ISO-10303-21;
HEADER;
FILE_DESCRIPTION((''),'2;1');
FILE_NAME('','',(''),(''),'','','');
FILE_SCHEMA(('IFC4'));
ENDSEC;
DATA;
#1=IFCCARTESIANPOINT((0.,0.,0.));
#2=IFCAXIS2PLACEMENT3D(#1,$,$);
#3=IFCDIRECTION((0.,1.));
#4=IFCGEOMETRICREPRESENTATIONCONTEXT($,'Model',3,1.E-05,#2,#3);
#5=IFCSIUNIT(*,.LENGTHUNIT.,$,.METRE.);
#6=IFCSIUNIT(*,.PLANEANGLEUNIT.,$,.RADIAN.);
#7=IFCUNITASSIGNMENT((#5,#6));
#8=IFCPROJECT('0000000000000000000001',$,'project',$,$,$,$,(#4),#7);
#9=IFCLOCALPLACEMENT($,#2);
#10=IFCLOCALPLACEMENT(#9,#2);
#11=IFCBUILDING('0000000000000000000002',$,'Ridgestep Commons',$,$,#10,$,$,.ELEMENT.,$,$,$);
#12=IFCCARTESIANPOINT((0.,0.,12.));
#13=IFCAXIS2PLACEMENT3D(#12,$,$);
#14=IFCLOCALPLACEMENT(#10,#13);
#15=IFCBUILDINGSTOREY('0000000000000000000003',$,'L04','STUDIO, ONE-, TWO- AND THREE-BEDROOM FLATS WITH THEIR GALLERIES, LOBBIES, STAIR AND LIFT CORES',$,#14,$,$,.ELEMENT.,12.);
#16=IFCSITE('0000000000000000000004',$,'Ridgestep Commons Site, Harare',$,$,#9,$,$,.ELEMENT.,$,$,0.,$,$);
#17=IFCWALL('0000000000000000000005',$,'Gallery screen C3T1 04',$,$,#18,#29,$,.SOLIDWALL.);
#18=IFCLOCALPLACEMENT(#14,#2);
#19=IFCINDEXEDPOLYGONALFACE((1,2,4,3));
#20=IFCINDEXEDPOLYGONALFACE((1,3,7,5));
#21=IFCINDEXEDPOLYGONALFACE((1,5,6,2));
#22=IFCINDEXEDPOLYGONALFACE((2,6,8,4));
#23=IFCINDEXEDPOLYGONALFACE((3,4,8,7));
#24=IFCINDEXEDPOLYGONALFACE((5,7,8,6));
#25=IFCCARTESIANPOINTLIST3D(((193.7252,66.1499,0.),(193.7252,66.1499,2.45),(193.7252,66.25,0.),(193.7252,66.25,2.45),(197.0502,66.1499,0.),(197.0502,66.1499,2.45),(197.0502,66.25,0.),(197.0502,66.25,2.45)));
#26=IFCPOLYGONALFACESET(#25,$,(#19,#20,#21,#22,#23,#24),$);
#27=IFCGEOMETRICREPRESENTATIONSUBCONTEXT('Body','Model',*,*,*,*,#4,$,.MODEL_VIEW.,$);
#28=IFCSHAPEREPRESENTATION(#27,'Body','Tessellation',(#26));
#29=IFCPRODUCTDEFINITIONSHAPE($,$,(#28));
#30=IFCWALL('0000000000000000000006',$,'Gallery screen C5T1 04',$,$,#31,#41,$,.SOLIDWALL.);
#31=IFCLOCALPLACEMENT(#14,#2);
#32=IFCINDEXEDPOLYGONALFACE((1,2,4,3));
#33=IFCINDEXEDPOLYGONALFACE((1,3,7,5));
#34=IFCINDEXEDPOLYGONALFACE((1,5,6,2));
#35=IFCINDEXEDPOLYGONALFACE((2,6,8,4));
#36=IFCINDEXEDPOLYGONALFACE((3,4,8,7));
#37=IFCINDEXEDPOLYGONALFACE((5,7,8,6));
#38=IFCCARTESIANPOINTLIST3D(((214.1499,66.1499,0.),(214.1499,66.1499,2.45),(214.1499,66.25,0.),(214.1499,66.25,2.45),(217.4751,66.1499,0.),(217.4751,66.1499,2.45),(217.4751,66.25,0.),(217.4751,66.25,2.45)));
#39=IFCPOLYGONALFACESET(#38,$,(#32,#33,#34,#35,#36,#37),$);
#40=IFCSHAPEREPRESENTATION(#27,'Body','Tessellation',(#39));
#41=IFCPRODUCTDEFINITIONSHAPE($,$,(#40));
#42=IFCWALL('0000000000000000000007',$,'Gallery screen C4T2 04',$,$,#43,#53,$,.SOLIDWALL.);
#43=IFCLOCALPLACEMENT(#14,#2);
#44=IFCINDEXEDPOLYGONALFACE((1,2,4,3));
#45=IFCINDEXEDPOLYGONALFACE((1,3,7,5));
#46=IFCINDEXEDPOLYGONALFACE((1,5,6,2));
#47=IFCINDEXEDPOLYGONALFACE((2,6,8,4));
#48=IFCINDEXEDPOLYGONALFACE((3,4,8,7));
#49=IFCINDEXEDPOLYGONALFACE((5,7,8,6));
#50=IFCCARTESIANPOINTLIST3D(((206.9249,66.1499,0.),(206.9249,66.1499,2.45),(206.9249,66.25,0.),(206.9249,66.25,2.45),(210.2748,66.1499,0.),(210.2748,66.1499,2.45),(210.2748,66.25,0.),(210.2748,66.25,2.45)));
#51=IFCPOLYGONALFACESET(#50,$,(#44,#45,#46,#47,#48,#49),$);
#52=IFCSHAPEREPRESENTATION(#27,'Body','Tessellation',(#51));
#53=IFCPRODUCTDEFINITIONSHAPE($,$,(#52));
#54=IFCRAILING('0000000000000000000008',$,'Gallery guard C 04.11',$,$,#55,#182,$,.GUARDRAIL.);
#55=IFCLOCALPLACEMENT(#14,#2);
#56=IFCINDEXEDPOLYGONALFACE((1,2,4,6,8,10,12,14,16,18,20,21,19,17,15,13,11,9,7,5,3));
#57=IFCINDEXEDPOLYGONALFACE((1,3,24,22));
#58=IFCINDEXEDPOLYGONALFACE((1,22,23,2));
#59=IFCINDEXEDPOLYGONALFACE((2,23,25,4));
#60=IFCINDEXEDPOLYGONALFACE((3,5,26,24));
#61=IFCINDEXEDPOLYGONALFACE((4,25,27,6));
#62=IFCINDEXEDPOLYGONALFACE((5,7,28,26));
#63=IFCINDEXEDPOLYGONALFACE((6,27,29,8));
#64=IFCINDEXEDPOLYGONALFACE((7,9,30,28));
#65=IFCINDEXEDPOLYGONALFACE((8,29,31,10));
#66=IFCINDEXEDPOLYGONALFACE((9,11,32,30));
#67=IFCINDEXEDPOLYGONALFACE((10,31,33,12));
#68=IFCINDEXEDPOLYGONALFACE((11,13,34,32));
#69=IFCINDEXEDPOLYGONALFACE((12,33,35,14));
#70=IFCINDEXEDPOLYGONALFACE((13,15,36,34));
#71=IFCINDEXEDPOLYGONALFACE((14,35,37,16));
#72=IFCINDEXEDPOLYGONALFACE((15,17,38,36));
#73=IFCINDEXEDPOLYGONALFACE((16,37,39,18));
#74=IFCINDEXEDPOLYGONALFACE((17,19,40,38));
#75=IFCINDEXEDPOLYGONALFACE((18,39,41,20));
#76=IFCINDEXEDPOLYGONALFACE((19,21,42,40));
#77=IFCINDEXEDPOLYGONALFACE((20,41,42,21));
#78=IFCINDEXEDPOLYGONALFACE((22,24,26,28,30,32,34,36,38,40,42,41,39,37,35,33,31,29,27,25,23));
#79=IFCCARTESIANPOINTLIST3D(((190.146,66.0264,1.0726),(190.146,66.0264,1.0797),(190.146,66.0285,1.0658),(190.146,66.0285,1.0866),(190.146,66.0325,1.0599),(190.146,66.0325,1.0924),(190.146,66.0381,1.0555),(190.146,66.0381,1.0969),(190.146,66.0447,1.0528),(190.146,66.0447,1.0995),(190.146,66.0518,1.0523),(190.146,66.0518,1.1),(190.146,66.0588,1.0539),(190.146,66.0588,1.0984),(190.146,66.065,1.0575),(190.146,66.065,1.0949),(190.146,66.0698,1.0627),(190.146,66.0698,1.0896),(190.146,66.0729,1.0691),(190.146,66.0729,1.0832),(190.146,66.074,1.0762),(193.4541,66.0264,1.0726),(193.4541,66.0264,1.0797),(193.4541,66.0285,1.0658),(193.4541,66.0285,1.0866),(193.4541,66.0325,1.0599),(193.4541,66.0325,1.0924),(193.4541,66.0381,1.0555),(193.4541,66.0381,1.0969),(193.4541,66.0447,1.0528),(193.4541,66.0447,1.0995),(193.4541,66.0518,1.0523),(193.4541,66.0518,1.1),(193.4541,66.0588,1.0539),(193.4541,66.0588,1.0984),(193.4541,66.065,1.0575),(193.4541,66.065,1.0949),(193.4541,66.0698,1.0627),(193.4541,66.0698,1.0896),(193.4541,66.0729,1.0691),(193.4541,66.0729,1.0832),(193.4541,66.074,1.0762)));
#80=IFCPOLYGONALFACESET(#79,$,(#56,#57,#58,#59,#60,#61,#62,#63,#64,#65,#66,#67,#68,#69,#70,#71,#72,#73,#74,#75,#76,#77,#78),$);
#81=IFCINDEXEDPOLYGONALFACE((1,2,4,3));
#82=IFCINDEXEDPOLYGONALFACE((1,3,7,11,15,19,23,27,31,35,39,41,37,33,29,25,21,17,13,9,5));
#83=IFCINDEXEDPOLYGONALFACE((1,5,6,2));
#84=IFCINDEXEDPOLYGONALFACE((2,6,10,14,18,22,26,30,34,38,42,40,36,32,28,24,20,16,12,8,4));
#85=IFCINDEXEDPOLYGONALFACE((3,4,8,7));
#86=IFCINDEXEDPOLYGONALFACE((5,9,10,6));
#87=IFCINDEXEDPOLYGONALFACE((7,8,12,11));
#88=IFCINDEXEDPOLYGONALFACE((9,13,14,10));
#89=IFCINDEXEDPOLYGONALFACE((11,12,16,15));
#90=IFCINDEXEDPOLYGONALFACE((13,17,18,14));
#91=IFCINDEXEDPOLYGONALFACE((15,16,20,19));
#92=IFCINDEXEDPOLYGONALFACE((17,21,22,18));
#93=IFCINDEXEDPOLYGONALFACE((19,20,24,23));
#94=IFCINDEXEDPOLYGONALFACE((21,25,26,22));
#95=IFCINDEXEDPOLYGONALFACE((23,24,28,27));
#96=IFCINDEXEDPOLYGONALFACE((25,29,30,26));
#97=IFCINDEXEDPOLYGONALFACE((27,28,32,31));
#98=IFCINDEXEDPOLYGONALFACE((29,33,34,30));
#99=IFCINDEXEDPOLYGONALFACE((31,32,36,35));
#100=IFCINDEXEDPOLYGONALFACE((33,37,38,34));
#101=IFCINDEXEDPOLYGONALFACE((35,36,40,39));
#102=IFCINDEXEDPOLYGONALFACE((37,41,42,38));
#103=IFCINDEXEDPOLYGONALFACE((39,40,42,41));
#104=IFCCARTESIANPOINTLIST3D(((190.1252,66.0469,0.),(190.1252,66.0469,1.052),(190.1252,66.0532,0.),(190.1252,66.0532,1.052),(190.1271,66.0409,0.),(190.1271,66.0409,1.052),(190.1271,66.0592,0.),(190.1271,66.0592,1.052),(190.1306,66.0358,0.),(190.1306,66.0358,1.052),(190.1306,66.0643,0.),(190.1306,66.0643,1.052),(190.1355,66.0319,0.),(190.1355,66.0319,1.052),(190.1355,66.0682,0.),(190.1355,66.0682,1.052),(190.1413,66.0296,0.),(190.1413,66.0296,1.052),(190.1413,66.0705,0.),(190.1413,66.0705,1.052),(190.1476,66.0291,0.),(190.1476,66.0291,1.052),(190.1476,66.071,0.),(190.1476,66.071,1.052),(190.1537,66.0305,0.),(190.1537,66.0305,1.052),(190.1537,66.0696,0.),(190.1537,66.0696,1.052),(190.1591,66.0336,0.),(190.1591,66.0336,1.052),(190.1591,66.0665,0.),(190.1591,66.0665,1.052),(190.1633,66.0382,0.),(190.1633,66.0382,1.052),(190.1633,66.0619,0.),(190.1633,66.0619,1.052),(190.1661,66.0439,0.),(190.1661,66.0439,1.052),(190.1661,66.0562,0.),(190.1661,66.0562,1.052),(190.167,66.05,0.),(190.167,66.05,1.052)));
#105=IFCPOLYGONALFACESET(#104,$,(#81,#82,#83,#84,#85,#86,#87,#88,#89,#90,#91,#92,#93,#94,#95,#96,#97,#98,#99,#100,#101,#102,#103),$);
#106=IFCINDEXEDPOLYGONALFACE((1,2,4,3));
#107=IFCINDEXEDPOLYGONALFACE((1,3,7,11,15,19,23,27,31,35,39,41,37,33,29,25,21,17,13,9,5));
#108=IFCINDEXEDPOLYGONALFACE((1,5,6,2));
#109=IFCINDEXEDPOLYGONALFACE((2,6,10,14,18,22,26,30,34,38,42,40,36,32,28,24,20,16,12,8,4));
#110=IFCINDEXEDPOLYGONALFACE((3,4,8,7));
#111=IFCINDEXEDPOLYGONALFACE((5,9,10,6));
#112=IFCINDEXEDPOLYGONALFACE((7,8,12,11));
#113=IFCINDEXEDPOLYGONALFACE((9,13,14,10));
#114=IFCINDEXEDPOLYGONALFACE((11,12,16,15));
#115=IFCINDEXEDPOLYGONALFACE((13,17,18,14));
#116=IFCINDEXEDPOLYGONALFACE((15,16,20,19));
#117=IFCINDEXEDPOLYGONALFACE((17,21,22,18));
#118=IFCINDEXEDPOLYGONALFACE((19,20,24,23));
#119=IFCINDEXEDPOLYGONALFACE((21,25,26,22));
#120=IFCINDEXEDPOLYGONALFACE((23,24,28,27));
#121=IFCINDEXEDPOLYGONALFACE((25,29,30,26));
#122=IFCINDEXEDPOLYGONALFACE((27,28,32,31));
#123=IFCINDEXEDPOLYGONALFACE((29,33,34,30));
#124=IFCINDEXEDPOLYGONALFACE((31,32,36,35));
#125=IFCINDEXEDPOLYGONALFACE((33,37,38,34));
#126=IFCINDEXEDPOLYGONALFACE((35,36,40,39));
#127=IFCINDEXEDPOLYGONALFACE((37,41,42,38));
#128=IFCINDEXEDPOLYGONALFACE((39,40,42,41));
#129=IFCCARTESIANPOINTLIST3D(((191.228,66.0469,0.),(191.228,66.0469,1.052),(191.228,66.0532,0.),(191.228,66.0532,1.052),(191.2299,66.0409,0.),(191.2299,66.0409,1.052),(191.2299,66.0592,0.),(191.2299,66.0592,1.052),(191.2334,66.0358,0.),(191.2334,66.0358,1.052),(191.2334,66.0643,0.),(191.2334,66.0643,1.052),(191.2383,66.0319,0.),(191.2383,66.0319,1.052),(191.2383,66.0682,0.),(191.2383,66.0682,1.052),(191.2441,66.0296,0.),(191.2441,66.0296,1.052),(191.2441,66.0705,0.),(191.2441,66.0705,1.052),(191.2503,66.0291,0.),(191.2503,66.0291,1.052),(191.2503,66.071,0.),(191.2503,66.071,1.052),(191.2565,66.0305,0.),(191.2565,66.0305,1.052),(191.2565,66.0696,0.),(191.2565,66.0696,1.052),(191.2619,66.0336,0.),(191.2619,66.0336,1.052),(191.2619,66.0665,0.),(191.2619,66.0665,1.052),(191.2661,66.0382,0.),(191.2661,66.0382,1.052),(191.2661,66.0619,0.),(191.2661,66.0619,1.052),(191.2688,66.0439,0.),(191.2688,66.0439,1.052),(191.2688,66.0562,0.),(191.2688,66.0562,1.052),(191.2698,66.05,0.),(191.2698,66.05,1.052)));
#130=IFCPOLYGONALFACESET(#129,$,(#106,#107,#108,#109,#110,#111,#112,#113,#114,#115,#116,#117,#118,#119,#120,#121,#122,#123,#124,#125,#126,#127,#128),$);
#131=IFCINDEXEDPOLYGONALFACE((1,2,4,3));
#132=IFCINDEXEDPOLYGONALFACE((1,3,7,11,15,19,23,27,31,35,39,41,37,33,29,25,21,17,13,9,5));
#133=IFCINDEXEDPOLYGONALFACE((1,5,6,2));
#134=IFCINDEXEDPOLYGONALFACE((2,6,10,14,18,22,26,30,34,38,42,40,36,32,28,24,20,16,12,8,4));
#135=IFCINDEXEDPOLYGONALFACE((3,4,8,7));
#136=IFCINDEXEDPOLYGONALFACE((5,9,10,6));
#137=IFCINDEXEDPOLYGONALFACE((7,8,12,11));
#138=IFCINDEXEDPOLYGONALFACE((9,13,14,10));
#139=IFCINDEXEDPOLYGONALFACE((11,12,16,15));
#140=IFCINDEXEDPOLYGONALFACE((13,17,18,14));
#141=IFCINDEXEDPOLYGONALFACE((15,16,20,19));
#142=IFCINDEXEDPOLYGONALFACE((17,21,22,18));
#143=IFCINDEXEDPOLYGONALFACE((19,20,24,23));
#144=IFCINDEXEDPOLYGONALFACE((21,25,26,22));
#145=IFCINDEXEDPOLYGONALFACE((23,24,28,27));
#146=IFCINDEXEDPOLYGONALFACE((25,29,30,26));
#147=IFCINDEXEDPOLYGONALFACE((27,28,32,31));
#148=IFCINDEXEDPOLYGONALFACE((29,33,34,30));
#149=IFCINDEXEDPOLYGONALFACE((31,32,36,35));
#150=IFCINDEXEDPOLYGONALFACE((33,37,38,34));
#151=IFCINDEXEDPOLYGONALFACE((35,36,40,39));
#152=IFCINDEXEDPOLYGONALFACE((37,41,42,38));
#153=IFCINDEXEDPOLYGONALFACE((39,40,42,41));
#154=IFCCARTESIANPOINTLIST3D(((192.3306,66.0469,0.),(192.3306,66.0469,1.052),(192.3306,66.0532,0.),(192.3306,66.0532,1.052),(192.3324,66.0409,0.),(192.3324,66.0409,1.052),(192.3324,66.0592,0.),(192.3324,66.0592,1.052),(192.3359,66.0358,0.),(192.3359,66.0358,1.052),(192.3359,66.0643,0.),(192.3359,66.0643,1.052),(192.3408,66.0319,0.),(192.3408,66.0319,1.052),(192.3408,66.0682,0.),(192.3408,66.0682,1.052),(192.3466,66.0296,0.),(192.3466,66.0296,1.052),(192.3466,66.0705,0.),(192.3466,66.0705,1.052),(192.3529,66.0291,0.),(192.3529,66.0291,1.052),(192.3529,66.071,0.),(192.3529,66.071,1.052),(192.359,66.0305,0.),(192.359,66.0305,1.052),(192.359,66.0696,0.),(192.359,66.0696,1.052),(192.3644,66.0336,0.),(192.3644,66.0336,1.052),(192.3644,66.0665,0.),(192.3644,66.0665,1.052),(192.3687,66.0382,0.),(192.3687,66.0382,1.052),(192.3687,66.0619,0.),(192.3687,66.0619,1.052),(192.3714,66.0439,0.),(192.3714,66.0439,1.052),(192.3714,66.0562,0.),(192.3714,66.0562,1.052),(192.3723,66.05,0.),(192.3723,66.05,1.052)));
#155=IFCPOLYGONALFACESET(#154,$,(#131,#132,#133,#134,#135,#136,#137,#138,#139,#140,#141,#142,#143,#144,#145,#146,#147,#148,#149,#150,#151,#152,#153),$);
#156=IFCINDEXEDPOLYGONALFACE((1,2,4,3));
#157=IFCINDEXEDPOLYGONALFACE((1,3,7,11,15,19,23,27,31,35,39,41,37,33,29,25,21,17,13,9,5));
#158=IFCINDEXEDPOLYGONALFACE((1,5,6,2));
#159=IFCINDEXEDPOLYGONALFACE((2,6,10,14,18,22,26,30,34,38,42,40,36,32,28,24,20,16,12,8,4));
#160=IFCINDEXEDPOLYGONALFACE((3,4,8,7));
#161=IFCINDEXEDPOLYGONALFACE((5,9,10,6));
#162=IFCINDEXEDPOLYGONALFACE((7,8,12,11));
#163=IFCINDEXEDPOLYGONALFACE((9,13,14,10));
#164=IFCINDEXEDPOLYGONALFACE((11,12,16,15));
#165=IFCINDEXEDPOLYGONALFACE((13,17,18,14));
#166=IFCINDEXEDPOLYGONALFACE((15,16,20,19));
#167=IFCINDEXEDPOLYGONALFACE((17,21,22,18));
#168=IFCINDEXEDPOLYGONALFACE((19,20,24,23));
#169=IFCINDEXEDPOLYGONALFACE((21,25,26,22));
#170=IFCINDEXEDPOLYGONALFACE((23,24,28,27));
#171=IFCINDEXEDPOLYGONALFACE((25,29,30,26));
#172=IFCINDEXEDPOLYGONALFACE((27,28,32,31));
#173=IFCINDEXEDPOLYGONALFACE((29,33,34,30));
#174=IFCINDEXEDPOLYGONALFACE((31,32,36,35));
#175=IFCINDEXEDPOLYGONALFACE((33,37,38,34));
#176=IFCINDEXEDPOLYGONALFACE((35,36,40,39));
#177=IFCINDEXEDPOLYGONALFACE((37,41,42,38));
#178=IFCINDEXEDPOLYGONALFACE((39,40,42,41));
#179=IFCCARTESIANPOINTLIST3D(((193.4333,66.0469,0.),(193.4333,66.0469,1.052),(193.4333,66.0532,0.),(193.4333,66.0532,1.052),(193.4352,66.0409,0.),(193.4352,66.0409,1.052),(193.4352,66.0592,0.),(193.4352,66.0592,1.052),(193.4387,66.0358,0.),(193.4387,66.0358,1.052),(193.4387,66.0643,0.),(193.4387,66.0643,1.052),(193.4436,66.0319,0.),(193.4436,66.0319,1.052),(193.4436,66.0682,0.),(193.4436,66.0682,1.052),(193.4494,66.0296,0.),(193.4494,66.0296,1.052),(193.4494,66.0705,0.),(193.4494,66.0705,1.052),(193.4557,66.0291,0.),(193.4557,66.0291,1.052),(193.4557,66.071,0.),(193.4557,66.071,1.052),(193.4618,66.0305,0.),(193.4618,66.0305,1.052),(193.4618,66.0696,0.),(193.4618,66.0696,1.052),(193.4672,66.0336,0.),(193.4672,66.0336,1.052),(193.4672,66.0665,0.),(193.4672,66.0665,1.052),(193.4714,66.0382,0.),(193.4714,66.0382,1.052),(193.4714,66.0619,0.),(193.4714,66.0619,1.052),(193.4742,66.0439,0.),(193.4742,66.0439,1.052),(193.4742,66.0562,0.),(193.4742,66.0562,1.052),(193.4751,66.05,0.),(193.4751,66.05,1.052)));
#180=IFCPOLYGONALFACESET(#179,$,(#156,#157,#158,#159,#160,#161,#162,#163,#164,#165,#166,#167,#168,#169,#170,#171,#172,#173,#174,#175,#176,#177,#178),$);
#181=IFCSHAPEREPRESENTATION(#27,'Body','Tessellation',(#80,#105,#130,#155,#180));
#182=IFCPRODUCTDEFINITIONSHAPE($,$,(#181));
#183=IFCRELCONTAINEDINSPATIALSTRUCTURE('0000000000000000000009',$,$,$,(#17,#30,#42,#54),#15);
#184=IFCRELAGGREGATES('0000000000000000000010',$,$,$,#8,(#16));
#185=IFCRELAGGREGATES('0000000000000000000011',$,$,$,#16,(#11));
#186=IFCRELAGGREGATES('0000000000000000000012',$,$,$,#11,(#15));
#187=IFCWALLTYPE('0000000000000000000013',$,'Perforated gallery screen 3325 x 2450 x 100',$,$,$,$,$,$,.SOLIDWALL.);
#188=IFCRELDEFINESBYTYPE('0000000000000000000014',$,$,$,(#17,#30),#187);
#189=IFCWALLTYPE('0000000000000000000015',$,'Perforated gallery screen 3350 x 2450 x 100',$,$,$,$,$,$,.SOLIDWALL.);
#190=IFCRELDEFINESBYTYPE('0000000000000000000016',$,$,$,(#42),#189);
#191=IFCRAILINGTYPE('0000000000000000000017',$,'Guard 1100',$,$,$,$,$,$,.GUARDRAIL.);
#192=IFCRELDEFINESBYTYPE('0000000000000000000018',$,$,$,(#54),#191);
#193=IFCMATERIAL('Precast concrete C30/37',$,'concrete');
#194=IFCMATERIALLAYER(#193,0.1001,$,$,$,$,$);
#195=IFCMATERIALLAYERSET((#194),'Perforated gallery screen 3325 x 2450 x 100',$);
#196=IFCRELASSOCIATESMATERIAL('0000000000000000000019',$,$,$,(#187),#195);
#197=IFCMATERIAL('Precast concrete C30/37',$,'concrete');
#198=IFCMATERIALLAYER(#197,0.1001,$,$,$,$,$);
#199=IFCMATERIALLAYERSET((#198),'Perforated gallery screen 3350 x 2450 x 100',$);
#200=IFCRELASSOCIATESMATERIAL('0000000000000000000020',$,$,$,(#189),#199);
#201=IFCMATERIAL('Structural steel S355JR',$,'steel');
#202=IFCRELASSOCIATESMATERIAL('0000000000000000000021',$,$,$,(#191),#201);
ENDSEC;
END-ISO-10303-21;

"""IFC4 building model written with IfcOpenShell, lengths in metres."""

from ifc_helpers import new_model, si_unit, direction, frame, frame_2d, origin, origin_2d, place, context, subcontext, project, spatial, rectangle, circle, extrude, material, layer, layer_set, type_object, element, save


model = new_model("IFC4")

# Units and contexts
model_context = context("Model", 3, precision=1e-05, world=origin(), true_north=direction((0.0, 1.0)))
body_context = subcontext(model_context, "Body", "Model", "MODEL_VIEW")
ifc_project = project(units=[si_unit("LENGTHUNIT", "METRE"), si_unit("PLANEANGLEUNIT", "RADIAN")], contexts=[model_context])

# Site, building, storey
site_placement = place(None, origin())
site = spatial("IfcSite", under=ifc_project, at=site_placement, Name="Ridgestep Commons Site, Harare", CompositionType="ELEMENT", RefElevation=0.0)
building_placement = place(site_placement, origin())
building = spatial("IfcBuilding", under=site, at=building_placement, Name="Ridgestep Commons", CompositionType="ELEMENT")
storey_placement = place(building_placement, frame((0.0, 0.0, 12.0)))
storey = spatial("IfcBuildingStorey", under=building, at=storey_placement, Name="L04", Description="STUDIO, ONE-, TWO- AND THREE-BEDROOM FLATS WITH THEIR GALLERIES, LOBBIES, STAIR AND LIFT CORES", CompositionType="ELEMENT", Elevation=12.0)

# Walls
ifc_material_1 = material(Name="Precast concrete C30/37", Category="concrete")
ifc_layer_1 = layer(ifc_material_1, 0.1001)
ifc_layer_set_1 = layer_set([ifc_layer_1], Name="Perforated gallery screen 3325 x 2450 x 100")
wall_type_1 = type_object("IfcWallType", Name="Perforated gallery screen 3325 x 2450 x 100", PredefinedType="SOLIDWALL", material=ifc_layer_set_1)
wall_1_placement = place(storey_placement, frame((193.7251, 66.2, 0.0), z_axis=(0.0, 0.0, 1.0), x_axis=(1.0, 0.0, 0.0)))
element("IfcWall", 1, at=wall_1_placement, inside=storey, type_object=wall_type_1, Name="Gallery screen C3T1 04", PredefinedType="SOLIDWALL", context=body_context, shape_type="SweptSolid", body=[
    extrude(rectangle(XDim=3.325, YDim=0.1001, at=frame_2d((1.6626, 0.0))), origin(), (0.0, 0.0, 1.0), 2.45),
])
wall_2_placement = place(storey_placement, frame((214.1499, 66.2, 0.0), z_axis=(0.0, 0.0, 1.0), x_axis=(1.0, 0.0, 0.0)))
element("IfcWall", 2, at=wall_2_placement, inside=storey, type_object=wall_type_1, Name="Gallery screen C5T1 04", PredefinedType="SOLIDWALL", context=body_context, shape_type="SweptSolid", body=[
    extrude(rectangle(XDim=3.3252, YDim=0.1001, at=frame_2d((1.6626, 0.0))), origin(), (0.0, 0.0, 1.0), 2.45),
])
ifc_material_2 = material(Name="Precast concrete C30/37", Category="concrete")
ifc_layer_2 = layer(ifc_material_2, 0.1001)
ifc_layer_set_2 = layer_set([ifc_layer_2], Name="Perforated gallery screen 3350 x 2450 x 100")
wall_type_2 = type_object("IfcWallType", Name="Perforated gallery screen 3350 x 2450 x 100", PredefinedType="SOLIDWALL", material=ifc_layer_set_2)
wall_3_placement = place(storey_placement, frame((206.925, 66.2, 0.0), z_axis=(0.0, 0.0, 1.0), x_axis=(1.0, 0.0, 0.0)))
element("IfcWall", 3, at=wall_3_placement, inside=storey, type_object=wall_type_2, Name="Gallery screen C4T2 04", PredefinedType="SOLIDWALL", context=body_context, shape_type="SweptSolid", body=[
    extrude(rectangle(XDim=3.3499, YDim=0.1001, at=frame_2d((1.6748, 0.0))), origin(), (0.0, 0.0, 1.0), 2.45),
])

# Railing
ifc_material_3 = material(Name="Structural steel S355JR", Category="steel")
railing_type_1 = type_object("IfcRailingType", Name="Guard 1100", PredefinedType="GUARDRAIL", material=ifc_material_3)
railing_1_placement = place(storey_placement, frame((190.146, 66.05, 0.0)))
element("IfcRailing", 4, at=railing_1_placement, inside=storey, type_object=railing_type_1, Name="Gallery guard C 04.11", PredefinedType="GUARDRAIL", context=body_context, shape_type="SweptSolid", body=[
    extrude(circle(Radius=0.0239, at=origin_2d()), frame((0.0, 0.0, 1.0762), z_axis=(1.0, 0.0, 0.0), x_axis=(0.0, 1.0, 0.0)), (0.0, 0.0, 1.0), 3.3081),
    extrude(circle(Radius=0.021, at=origin_2d()), origin(), (0.0, 0.0, 1.0), 1.052),
    extrude(circle(Radius=0.021, at=origin_2d()), frame((1.1028, 0.0, 0.0)), (0.0, 0.0, 1.0), 1.052),
    extrude(circle(Radius=0.021, at=origin_2d()), frame((2.2053, 0.0, 0.0)), (0.0, 0.0, 1.0), 1.052),
    extrude(circle(Radius=0.021, at=origin_2d()), frame((3.3081, 0.0, 0.0)), (0.0, 0.0, 1.0), 1.052),
])

save(model, "model.ifc")
